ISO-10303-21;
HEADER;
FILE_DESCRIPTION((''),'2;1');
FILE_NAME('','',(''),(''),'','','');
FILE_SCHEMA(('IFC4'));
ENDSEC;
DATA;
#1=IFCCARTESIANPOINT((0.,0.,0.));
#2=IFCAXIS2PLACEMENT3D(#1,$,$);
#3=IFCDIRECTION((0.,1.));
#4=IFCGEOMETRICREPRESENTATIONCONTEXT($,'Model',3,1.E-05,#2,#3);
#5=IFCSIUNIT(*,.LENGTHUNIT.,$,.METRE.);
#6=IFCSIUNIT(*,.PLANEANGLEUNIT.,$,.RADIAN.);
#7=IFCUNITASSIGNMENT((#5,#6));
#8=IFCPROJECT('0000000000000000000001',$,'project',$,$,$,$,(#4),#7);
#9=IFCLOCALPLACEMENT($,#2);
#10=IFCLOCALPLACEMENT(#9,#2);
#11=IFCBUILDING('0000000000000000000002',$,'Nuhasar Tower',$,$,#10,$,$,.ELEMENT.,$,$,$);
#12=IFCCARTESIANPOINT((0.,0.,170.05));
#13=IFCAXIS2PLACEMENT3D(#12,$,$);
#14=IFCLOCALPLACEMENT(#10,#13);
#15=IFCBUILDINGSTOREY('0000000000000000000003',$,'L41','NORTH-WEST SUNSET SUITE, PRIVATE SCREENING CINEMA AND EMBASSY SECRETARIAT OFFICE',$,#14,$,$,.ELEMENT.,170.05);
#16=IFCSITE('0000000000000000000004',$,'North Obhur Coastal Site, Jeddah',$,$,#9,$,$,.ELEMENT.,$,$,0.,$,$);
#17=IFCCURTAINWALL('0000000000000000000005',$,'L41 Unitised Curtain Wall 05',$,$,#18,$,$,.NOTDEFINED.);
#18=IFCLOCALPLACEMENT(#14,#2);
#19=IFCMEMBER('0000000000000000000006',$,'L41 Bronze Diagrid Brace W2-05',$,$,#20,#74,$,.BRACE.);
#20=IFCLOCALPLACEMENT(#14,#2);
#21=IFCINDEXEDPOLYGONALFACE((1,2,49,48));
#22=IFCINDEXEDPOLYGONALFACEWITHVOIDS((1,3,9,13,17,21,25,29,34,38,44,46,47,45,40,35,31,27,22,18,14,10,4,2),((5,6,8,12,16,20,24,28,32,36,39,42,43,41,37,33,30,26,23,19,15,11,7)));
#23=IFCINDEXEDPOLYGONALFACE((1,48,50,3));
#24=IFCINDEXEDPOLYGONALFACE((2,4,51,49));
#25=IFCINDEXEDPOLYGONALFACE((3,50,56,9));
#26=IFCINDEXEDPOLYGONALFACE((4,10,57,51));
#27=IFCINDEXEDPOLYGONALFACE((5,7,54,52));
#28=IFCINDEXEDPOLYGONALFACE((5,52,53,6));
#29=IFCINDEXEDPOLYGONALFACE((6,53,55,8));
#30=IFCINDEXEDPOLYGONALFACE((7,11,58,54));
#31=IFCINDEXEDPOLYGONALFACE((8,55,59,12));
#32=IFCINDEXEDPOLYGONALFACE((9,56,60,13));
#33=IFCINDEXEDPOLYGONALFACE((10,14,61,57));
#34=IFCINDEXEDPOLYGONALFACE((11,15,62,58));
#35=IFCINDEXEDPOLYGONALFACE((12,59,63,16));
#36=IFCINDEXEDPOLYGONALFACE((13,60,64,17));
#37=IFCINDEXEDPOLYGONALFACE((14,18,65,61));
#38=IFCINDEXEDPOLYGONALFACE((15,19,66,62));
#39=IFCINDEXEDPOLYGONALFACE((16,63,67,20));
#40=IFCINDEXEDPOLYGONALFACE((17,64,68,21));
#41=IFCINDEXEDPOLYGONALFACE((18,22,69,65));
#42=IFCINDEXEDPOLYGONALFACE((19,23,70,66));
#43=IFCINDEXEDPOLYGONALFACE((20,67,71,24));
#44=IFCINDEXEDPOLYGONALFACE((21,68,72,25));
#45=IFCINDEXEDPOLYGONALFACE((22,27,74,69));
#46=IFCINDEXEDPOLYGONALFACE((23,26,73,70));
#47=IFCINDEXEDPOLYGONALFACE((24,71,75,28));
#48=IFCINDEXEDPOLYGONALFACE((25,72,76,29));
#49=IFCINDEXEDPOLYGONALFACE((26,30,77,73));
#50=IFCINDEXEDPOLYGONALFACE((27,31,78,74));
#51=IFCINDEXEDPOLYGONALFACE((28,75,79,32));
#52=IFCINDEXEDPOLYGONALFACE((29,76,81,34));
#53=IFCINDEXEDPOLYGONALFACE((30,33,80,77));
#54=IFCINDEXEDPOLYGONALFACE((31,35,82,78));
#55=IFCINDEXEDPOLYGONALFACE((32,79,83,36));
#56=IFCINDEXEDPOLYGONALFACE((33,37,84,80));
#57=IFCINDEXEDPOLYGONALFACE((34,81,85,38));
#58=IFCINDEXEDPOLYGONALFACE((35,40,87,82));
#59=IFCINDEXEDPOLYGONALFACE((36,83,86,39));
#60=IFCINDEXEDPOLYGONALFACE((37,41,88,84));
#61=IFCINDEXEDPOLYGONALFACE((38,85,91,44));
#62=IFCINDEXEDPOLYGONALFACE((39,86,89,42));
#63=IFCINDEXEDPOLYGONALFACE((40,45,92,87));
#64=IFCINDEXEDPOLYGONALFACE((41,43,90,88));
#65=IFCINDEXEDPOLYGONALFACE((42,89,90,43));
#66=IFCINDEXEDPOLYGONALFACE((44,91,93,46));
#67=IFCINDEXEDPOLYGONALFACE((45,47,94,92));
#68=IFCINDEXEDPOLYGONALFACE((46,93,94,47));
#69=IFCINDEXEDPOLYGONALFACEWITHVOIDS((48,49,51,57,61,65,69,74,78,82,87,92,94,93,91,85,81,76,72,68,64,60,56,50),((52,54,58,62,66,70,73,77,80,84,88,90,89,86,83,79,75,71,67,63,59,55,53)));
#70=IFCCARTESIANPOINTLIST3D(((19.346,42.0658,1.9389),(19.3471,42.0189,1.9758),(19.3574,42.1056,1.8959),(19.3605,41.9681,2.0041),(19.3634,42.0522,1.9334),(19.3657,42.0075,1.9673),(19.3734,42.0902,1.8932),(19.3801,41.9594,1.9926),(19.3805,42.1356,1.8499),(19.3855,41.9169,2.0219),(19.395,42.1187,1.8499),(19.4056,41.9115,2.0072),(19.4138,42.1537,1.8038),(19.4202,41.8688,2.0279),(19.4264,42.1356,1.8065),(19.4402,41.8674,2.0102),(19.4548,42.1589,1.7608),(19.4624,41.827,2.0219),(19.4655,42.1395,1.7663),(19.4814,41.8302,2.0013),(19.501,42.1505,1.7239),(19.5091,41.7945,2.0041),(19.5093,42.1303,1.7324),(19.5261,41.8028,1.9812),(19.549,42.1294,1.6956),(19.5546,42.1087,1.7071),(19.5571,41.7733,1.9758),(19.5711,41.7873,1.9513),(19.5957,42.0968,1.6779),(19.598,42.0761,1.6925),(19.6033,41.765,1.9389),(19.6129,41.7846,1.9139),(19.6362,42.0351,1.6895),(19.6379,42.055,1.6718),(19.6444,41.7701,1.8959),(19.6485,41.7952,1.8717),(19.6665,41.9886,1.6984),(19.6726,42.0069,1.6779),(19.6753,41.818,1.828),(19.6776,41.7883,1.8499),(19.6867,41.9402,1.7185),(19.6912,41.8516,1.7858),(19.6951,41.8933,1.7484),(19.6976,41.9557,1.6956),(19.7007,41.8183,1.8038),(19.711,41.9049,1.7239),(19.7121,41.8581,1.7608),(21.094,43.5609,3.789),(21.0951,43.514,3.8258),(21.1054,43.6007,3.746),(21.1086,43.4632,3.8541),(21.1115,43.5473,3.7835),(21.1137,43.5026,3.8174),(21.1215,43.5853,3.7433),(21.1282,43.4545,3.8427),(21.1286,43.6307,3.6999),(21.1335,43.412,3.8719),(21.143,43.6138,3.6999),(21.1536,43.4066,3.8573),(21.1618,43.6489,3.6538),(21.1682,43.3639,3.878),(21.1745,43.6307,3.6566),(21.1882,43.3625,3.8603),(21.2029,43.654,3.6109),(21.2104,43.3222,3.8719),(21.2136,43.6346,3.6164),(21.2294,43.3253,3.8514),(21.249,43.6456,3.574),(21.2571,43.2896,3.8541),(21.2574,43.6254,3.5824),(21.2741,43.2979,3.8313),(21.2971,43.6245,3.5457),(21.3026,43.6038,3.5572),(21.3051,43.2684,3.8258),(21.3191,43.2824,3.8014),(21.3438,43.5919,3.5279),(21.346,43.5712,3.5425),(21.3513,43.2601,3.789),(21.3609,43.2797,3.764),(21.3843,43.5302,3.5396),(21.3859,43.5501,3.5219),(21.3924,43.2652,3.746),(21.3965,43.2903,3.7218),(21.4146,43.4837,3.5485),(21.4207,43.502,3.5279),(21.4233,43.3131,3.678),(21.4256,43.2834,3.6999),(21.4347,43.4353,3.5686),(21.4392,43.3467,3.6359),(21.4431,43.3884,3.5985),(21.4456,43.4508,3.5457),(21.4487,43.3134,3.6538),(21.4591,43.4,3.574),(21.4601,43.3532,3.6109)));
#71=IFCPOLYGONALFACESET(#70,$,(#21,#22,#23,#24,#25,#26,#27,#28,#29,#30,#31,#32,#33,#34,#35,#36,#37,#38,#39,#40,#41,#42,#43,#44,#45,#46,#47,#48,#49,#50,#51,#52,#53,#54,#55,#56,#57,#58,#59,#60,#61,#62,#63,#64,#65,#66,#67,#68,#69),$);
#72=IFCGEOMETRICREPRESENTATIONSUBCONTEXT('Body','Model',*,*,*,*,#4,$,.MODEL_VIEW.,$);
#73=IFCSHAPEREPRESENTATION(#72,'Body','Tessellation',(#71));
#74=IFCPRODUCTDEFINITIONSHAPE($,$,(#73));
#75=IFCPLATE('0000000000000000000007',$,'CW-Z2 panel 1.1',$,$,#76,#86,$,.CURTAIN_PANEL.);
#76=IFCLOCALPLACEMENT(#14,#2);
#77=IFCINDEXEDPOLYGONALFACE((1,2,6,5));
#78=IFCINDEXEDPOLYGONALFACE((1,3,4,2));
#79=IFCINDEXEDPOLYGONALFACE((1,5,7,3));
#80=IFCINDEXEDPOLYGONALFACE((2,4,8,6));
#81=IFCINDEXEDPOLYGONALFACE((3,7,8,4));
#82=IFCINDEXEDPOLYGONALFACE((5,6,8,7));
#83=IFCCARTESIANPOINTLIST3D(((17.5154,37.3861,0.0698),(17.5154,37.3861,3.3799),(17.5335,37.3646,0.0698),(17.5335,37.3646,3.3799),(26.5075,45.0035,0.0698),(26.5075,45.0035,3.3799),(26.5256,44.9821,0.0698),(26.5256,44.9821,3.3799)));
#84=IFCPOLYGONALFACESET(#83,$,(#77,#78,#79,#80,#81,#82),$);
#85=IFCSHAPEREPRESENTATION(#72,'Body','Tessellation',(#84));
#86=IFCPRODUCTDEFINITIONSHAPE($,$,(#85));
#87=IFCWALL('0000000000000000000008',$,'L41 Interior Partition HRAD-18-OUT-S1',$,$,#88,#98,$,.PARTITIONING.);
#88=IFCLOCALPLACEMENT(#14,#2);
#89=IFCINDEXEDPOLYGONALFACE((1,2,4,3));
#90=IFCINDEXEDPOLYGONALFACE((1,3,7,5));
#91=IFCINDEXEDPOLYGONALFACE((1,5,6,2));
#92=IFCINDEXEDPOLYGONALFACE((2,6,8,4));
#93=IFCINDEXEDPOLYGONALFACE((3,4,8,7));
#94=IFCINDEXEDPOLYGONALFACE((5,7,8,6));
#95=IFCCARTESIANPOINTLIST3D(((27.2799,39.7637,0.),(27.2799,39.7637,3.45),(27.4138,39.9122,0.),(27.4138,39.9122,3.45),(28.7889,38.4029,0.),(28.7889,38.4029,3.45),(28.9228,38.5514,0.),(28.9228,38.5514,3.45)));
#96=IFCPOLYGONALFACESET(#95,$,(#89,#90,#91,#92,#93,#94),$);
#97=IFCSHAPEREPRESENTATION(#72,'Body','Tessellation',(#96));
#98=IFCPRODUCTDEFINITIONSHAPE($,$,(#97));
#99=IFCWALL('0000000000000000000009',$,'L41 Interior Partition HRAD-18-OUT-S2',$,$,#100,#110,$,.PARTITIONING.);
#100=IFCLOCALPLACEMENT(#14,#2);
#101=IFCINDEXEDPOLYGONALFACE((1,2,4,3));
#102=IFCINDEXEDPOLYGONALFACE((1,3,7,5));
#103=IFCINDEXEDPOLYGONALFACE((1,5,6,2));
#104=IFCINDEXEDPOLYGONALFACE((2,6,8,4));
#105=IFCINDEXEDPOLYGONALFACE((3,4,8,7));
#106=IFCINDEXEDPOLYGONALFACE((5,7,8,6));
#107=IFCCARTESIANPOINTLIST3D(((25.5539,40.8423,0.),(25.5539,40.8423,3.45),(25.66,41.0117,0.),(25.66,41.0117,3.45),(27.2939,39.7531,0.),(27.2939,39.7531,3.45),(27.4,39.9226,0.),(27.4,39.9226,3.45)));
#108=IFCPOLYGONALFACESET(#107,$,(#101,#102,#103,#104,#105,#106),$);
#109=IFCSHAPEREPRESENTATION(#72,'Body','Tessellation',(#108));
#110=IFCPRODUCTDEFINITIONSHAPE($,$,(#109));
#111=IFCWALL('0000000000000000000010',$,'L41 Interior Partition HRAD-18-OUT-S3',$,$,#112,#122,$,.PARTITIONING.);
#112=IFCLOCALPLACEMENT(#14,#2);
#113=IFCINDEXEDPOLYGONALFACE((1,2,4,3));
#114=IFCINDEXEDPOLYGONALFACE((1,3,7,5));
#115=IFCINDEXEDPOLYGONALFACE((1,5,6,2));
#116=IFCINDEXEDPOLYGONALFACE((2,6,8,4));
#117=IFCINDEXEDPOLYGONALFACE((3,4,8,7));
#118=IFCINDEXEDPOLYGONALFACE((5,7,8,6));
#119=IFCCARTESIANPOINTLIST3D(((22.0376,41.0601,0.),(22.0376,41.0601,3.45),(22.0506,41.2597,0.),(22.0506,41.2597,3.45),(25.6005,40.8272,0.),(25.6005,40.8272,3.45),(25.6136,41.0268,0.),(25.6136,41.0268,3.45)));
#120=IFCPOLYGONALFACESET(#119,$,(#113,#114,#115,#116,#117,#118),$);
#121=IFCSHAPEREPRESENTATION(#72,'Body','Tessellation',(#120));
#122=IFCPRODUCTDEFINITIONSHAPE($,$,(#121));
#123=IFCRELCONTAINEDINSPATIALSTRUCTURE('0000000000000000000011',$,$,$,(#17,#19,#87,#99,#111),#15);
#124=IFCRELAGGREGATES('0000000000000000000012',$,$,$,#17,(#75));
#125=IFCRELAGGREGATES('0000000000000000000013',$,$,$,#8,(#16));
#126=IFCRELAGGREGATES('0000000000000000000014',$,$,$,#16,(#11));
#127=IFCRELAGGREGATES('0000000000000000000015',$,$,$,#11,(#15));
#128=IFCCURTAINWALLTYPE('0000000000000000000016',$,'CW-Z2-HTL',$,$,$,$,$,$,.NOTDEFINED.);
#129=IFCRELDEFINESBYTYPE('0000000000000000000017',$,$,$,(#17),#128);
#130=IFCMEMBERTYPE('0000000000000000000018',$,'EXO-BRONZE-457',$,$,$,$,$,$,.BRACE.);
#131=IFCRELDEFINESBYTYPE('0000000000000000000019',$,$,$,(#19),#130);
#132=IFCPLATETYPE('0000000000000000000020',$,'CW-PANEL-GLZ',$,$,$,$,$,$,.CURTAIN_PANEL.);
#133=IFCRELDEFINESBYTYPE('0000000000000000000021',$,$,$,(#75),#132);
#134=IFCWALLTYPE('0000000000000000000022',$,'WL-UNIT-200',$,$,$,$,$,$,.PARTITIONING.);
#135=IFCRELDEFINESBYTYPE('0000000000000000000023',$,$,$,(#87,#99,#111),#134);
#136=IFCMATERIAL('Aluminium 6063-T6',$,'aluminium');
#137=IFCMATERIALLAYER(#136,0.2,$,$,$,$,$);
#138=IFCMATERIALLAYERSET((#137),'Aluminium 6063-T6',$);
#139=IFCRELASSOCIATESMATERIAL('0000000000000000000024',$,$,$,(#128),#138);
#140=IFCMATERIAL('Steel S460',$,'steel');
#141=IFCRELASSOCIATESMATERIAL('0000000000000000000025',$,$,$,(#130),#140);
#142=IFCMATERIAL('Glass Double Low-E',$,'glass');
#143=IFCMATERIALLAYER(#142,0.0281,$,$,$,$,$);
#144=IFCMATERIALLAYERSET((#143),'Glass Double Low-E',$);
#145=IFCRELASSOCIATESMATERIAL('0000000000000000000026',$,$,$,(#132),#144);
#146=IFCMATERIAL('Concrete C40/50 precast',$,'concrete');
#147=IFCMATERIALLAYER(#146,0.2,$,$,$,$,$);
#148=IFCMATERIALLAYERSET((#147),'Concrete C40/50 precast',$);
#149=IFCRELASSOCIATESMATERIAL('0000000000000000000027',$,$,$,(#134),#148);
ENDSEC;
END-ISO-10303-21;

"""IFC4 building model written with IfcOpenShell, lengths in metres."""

from ifc_helpers import new_model, si_unit, direction, frame, frame_2d, origin, origin_2d, place, context, subcontext, project, spatial, rectangle, hollow_circle, extrude, material, layer, layer_set, material_profile, profile_set, type_object, element, aggregate, save


model = new_model("IFC4")

# Units and contexts
model_context = context("Model", 3, precision=1e-05, world=origin(), true_north=direction((0.0, 1.0)))
body_context = subcontext(model_context, "Body", "Model", "MODEL_VIEW")
ifc_project = project(units=[si_unit("LENGTHUNIT", "METRE"), si_unit("PLANEANGLEUNIT", "RADIAN")], contexts=[model_context])

# Site, building, storey
site_placement = place(None, origin())
site = spatial("IfcSite", under=ifc_project, at=site_placement, Name="North Obhur Coastal Site, Jeddah", CompositionType="ELEMENT", RefElevation=0.0)
building_placement = place(site_placement, origin())
building = spatial("IfcBuilding", under=site, at=building_placement, Name="Nuhasar Tower", CompositionType="ELEMENT")
storey_placement = place(building_placement, frame((0.0, 0.0, 170.05)))
storey = spatial("IfcBuildingStorey", under=building, at=storey_placement, Name="L41", Description="NORTH-WEST SUNSET SUITE, PRIVATE SCREENING CINEMA AND EMBASSY SECRETARIAT OFFICE", CompositionType="ELEMENT", Elevation=170.05)

# Shared definitions
ifc_material_1 = material(Name="Aluminium 6063-T6", Category="aluminium")
ifc_layer_1 = layer(ifc_material_1, 0.2)
ifc_layer_set_1 = layer_set([ifc_layer_1], Name="Aluminium 6063-T6")
curtain_wall_type = type_object("IfcCurtainWallType", Name="CW-Z2-HTL", PredefinedType="NOTDEFINED", material=ifc_layer_set_1)

# Curtain wall
curtain_wall_1_placement = place(storey_placement, origin())
curtain_wall_1 = element("IfcCurtainWall", 1, at=curtain_wall_1_placement, inside=storey, type_object=curtain_wall_type, Name="L41 Unitised Curtain Wall 05", PredefinedType="NOTDEFINED")

# Member
ifc_material_2 = material(Name="Steel S460", Category="steel")
ifc_material_profile_1 = material_profile(ifc_material_2, hollow_circle(Radius=0.2285, WallThickness=0.0222, at=origin_2d()), Name="HSS457X22.2")
ifc_profile_set_1 = profile_set([ifc_material_profile_1], Name="Steel S460")
member_type_1 = type_object("IfcMemberType", Name="EXO-BRONZE-457", PredefinedType="BRACE", material=ifc_profile_set_1)
member_1_placement = place(storey_placement, frame((19.5291, 41.9619, 1.8499), z_axis=(0.59217, 0.506488, 0.626741), x_axis=(-0.649987, 0.759945, 0.0)))
element("IfcMember", 2, at=member_1_placement, inside=storey, type_object=member_type_1, Name="L41 Bronze Diagrid Brace W2-05", PredefinedType="BRACE", context=body_context, shape_type="SweptSolid", body=[
    extrude(hollow_circle(Radius=0.2285, WallThickness=0.0222, at=origin_2d()), origin(), (0.0, 0.0, 1.0), 2.9519),
])

# Plate
ifc_material_3 = material(Name="Glass Double Low-E", Category="glass")
ifc_layer_2 = layer(ifc_material_3, 0.0281)
ifc_layer_set_2 = layer_set([ifc_layer_2], Name="Glass Double Low-E")
plate_type = type_object("IfcPlateType", Name="CW-PANEL-GLZ", PredefinedType="CURTAIN_PANEL", material=ifc_layer_set_2)
plate_placement = place(storey_placement, frame((22.0205, 41.1841, 0.0698), z_axis=(0.0, 0.0, 1.0), x_axis=(-0.76302, -0.646374, 0.0)))
plate = element("IfcPlate", 3, at=plate_placement, type_object=plate_type, Name="CW-Z2 panel 1.1", PredefinedType="CURTAIN_PANEL", context=body_context, shape_type="SweptSolid", body=[
    extrude(rectangle(XDim=11.7849, YDim=0.0281, at=origin_2d()), origin(), (0.0, 0.0, 1.0), 3.3101),
])
aggregate(curtain_wall_1, [plate])

# Walls
ifc_material_4 = material(Name="Concrete C40/50 precast", Category="concrete")
ifc_layer_3 = layer(ifc_material_4, 0.2)
ifc_layer_set_3 = layer_set([ifc_layer_3], Name="Concrete C40/50 precast")
wall_type = type_object("IfcWallType", Name="WL-UNIT-200", PredefinedType="PARTITIONING", material=ifc_layer_set_3)
wall_1_placement = place(storey_placement, frame((28.856, 38.4771, 0.0), z_axis=(0.0, 0.0, 1.0), x_axis=(-0.742631, 0.669701, 0.0)))
element("IfcWall", 4, at=wall_1_placement, inside=storey, type_object=wall_type, Name="L41 Interior Partition HRAD-18-OUT-S1", PredefinedType="PARTITIONING", context=body_context, shape_type="SweptSolid", body=[
    extrude(rectangle(XDim=2.032, YDim=0.2, at=frame_2d((1.0161, 0.0))), origin(), (0.0, 0.0, 1.0), 3.45),
])
wall_2_placement = place(storey_placement, frame((27.3469, 39.8379, 0.0), z_axis=(0.0, 0.0, 1.0), x_axis=(-0.847644, 0.530565, 0.0)))
element("IfcWall", 5, at=wall_2_placement, inside=storey, type_object=wall_type, Name="L41 Interior Partition HRAD-18-OUT-S2", PredefinedType="PARTITIONING", context=body_context, shape_type="SweptSolid", body=[
    extrude(rectangle(XDim=2.0527, YDim=0.2, at=frame_2d((1.0264, 0.0))), origin(), (0.0, 0.0, 1.0), 3.45),
])
wall_3_placement = place(storey_placement, frame((25.6069, 40.927, 0.0), z_axis=(0.0, 0.0, 1.0), x_axis=(-0.99787, 0.06523, 0.0)))
element("IfcWall", 6, at=wall_3_placement, inside=storey, type_object=wall_type, Name="L41 Interior Partition HRAD-18-OUT-S3", PredefinedType="PARTITIONING", context=body_context, shape_type="SweptSolid", body=[
    extrude(rectangle(XDim=3.5706, YDim=0.2, at=frame_2d((1.7852, 0.0))), origin(), (0.0, 0.0, 1.0), 3.45),
])

save(model, "model.ifc")
